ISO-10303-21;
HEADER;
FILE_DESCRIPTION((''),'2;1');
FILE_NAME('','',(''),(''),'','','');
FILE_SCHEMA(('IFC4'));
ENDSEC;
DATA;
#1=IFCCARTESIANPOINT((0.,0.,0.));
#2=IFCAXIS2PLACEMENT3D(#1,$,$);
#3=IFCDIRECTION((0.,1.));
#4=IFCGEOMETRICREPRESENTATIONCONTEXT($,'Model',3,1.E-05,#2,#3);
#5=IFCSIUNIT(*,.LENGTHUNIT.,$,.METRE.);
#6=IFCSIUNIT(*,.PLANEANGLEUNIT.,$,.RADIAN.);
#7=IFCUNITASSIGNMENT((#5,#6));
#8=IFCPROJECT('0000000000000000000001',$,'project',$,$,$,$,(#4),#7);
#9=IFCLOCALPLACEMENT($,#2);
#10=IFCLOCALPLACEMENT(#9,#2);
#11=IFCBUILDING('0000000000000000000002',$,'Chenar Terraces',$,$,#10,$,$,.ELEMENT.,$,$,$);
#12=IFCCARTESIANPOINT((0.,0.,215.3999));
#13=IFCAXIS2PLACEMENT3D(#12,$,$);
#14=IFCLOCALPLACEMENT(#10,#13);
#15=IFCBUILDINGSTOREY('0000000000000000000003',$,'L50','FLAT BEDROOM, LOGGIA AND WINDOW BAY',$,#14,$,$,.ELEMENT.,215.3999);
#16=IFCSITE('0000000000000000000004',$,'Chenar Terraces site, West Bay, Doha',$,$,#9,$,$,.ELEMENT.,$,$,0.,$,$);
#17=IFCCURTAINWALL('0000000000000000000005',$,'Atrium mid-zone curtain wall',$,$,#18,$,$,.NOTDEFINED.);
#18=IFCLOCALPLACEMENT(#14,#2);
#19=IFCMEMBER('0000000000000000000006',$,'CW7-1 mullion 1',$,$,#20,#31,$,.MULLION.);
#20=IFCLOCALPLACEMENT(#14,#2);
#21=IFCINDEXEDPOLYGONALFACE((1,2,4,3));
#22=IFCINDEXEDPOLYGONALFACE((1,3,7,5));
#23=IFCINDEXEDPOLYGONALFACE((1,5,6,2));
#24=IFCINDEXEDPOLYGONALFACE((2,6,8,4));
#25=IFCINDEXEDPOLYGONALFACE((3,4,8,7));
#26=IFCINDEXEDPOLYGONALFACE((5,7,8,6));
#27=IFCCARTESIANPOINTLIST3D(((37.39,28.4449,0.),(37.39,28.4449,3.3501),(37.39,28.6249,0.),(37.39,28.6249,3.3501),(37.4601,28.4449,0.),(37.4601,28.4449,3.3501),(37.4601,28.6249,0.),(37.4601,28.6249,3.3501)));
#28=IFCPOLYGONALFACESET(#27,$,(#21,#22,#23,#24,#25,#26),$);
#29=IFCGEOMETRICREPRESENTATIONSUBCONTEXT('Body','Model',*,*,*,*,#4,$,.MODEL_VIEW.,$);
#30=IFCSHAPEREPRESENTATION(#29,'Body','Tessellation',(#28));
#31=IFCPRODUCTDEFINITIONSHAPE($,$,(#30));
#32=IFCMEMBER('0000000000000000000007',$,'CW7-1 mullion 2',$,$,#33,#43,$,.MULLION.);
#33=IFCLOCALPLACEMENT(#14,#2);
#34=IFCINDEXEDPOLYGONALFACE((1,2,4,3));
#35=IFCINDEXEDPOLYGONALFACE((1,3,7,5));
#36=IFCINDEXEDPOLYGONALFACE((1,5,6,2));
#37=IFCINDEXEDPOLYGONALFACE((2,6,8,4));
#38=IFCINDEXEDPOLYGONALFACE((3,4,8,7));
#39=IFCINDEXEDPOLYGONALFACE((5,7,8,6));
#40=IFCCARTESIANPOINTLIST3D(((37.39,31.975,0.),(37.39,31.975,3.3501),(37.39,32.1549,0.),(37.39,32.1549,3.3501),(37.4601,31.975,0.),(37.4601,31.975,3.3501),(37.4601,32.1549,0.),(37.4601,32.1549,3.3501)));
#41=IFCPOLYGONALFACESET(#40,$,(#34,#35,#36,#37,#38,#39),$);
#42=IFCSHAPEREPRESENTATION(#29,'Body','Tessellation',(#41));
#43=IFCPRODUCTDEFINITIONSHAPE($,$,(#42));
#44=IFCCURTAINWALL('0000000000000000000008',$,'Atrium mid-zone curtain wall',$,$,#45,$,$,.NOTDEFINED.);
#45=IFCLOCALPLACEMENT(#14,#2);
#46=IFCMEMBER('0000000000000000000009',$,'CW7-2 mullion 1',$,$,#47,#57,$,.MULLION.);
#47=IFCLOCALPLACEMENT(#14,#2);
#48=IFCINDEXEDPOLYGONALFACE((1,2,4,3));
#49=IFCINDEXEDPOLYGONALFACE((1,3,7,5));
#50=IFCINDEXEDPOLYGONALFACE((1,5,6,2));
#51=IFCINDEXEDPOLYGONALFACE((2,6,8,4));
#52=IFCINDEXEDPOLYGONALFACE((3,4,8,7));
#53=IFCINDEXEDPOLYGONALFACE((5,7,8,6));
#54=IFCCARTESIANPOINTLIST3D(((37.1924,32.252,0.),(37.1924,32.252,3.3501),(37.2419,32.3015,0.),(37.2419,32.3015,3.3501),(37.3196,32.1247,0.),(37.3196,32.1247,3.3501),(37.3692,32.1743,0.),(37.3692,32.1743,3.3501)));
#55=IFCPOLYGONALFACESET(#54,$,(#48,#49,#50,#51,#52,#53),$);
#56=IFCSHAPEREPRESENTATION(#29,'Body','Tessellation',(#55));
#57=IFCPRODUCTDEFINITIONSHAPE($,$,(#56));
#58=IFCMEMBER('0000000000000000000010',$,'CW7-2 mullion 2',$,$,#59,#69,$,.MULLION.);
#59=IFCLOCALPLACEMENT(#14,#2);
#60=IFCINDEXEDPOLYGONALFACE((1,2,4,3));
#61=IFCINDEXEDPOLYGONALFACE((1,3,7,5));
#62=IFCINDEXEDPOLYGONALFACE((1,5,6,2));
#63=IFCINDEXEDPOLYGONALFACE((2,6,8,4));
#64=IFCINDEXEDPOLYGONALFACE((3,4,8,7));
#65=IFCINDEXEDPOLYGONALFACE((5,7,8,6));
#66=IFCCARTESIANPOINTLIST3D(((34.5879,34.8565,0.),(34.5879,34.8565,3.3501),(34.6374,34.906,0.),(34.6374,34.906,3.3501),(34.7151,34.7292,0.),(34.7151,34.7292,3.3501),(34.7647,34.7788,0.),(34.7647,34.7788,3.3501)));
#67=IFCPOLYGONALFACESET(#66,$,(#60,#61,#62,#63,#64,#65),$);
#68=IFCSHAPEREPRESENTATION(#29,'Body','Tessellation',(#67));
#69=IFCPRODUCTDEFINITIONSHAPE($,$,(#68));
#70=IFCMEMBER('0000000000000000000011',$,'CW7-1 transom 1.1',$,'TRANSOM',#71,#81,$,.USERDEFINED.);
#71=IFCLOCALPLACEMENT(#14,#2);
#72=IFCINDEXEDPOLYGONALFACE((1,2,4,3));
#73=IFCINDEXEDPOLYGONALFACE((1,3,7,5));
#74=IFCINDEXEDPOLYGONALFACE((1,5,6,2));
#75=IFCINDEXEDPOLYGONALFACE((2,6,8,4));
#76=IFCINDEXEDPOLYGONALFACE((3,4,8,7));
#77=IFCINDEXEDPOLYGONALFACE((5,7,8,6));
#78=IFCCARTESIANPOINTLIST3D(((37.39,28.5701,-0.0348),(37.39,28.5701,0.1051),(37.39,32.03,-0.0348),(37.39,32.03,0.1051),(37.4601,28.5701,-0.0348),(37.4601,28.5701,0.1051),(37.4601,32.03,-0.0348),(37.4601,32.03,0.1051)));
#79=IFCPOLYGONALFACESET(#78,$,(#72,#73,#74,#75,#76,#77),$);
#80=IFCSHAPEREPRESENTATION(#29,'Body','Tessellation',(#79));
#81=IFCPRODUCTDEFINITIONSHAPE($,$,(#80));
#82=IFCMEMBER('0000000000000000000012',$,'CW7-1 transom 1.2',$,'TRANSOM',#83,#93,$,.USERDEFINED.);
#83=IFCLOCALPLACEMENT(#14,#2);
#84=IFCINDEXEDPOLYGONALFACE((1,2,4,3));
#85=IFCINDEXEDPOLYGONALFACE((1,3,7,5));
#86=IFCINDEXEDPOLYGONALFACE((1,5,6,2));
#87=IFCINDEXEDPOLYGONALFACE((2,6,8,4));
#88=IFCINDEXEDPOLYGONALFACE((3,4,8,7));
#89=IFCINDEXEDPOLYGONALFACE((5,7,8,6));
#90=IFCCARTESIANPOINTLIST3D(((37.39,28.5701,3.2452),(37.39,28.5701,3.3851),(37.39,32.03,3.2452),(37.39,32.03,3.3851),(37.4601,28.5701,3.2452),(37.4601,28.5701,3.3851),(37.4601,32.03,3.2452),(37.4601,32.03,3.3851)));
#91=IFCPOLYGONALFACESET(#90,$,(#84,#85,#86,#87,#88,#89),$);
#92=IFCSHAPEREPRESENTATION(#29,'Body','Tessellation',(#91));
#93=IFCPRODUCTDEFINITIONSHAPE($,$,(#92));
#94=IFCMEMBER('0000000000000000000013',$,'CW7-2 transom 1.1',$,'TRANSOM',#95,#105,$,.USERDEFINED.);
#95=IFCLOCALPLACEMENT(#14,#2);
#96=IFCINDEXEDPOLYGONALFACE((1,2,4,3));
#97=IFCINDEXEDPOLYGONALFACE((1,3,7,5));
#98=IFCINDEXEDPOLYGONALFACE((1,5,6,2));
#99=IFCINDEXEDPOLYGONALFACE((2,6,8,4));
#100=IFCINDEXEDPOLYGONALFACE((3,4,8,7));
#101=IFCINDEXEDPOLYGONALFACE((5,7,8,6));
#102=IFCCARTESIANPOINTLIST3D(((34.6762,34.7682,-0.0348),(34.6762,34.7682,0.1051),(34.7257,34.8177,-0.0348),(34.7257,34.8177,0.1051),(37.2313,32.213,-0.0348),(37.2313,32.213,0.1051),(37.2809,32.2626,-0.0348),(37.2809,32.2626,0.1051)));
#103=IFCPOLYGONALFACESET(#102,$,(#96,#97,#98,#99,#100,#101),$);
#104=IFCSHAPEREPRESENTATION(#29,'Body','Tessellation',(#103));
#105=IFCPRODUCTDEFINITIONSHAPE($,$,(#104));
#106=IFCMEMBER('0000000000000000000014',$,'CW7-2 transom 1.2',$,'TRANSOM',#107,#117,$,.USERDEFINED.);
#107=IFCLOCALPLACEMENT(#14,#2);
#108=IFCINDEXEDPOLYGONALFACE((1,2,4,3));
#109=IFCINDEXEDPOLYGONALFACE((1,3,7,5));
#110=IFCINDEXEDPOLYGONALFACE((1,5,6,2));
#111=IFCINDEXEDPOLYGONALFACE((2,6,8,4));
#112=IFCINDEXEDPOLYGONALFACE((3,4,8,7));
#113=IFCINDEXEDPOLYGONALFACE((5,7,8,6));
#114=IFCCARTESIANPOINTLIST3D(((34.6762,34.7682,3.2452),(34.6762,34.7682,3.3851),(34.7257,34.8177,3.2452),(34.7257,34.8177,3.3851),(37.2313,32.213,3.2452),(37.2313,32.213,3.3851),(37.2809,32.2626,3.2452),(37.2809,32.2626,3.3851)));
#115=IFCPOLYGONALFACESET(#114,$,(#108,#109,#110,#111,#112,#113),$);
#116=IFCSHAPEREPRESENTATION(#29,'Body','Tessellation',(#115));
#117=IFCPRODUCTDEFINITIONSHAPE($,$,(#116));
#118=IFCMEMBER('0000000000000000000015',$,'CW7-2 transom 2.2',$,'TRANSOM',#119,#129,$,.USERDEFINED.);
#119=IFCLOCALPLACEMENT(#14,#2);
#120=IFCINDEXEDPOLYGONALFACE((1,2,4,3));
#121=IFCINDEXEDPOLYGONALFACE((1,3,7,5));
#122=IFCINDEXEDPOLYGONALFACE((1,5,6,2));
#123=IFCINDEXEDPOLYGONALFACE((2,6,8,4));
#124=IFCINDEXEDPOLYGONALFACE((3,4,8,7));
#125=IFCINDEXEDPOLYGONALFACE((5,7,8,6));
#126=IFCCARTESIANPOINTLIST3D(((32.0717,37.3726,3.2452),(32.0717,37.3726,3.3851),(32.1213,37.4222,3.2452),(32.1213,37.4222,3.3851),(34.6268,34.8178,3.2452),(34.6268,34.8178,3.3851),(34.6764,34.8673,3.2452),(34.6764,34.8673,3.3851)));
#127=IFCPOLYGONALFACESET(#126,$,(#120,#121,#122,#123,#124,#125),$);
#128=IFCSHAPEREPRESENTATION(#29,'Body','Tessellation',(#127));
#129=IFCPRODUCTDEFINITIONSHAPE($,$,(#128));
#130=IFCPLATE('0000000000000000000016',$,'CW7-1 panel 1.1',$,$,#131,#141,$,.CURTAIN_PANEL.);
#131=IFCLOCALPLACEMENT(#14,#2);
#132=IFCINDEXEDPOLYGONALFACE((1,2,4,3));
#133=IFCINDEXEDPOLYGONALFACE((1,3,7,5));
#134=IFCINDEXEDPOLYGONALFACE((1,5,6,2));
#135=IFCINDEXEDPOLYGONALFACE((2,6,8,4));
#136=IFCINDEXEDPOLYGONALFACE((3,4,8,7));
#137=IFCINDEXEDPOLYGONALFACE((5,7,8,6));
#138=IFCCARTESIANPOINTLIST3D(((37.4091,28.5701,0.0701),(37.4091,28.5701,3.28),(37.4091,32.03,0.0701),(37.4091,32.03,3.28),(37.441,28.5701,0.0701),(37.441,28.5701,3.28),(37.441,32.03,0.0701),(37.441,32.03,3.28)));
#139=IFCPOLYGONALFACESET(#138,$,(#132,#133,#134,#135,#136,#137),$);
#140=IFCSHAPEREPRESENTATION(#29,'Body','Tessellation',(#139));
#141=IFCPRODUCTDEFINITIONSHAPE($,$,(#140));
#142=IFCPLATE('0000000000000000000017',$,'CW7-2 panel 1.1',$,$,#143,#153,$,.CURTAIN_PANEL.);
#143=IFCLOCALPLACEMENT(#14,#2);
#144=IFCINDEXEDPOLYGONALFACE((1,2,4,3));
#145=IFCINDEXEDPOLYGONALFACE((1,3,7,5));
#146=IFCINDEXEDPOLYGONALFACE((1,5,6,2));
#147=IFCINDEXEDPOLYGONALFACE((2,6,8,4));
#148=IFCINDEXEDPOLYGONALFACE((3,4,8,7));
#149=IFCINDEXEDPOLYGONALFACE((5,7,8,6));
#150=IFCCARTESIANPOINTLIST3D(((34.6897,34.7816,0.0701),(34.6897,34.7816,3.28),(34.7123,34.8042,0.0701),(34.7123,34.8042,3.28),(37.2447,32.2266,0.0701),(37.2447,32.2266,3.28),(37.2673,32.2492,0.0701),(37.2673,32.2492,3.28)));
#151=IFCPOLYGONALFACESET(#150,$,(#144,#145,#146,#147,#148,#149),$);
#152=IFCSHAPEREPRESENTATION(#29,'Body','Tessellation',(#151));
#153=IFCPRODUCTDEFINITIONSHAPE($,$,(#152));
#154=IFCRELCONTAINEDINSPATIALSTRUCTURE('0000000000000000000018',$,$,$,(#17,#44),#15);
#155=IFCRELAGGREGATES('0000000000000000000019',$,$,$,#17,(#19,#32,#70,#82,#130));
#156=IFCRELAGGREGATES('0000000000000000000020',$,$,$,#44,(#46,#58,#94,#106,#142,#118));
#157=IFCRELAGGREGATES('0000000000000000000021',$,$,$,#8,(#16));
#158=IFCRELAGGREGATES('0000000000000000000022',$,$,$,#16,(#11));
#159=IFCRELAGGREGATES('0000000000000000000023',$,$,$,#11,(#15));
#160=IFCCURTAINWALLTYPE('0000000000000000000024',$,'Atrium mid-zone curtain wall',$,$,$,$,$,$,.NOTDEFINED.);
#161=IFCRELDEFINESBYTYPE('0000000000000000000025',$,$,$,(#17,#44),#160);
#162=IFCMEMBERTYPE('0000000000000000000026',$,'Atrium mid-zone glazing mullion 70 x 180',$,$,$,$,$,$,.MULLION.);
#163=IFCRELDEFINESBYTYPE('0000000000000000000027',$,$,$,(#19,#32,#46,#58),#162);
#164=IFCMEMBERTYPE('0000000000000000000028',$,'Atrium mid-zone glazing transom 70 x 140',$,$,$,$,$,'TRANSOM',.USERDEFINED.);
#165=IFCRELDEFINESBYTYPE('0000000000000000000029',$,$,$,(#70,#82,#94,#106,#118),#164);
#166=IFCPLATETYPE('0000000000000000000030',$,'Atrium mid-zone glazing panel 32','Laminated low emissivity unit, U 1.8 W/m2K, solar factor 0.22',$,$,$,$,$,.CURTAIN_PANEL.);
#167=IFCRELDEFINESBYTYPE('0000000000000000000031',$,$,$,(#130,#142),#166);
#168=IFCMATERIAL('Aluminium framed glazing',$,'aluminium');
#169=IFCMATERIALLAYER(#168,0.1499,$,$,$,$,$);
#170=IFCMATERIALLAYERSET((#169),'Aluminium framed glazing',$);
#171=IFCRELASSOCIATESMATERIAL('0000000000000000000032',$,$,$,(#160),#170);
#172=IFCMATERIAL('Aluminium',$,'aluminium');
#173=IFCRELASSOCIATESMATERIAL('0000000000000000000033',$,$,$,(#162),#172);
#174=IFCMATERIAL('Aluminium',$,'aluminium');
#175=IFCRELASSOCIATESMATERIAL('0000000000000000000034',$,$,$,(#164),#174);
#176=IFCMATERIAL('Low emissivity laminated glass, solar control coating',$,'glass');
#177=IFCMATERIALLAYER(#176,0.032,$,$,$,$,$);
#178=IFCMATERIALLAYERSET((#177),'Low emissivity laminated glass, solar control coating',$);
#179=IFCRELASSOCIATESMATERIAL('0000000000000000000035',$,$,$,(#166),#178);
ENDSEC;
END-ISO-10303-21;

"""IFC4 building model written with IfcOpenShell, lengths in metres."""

from ifc_helpers import new_model, si_unit, direction, frame, origin, origin_2d, place, context, subcontext, project, spatial, rectangle, extrude, material, layer, layer_set, material_profile, profile_set, type_object, element, aggregate, save


model = new_model("IFC4")

# Units and contexts
model_context = context("Model", 3, precision=1e-05, world=origin(), true_north=direction((0.0, 1.0)))
body_context = subcontext(model_context, "Body", "Model", "MODEL_VIEW")
ifc_project = project(units=[si_unit("LENGTHUNIT", "METRE"), si_unit("PLANEANGLEUNIT", "RADIAN")], contexts=[model_context])

# Site, building, storey
site_placement = place(None, origin())
site = spatial("IfcSite", under=ifc_project, at=site_placement, Name="Chenar Terraces site, West Bay, Doha", CompositionType="ELEMENT", RefElevation=0.0)
building_placement = place(site_placement, origin())
building = spatial("IfcBuilding", under=site, at=building_placement, Name="Chenar Terraces", CompositionType="ELEMENT")
storey_placement = place(building_placement, frame((0.0, 0.0, 215.3999)))
storey = spatial("IfcBuildingStorey", under=building, at=storey_placement, Name="L50", Description="FLAT BEDROOM, LOGGIA AND WINDOW BAY", CompositionType="ELEMENT", Elevation=215.3999)

# Curtain walls, members
ifc_material_1 = material(Name="Aluminium framed glazing", Category="aluminium")
ifc_layer_1 = layer(ifc_material_1, 0.1499)
ifc_layer_set_1 = layer_set([ifc_layer_1], Name="Aluminium framed glazing")
curtain_wall_type = type_object("IfcCurtainWallType", Name="Atrium mid-zone curtain wall", PredefinedType="NOTDEFINED", material=ifc_layer_set_1)
placement = place(storey_placement, origin())
curtain_wall_1 = element("IfcCurtainWall", 1, at=placement, inside=storey, type_object=curtain_wall_type, Name="Atrium mid-zone curtain wall", PredefinedType="NOTDEFINED")
ifc_material_2 = material(Name="Aluminium", Category="aluminium")
ifc_material_profile_1 = material_profile(ifc_material_2, rectangle(XDim=0.0701, YDim=0.1799, at=origin_2d()), Name="Atrium mid-zone glazing mullion 70 x 180")
ifc_profile_set_1 = profile_set([ifc_material_profile_1], Name="Aluminium")
member_type_1 = type_object("IfcMemberType", Name="Atrium mid-zone glazing mullion 70 x 180", PredefinedType="MULLION", material=ifc_profile_set_1)
member_1_placement = place(storey_placement, frame((37.425, 28.5349, 0.0), z_axis=(0.0, 0.0, 1.0), x_axis=(-1.0, 0.0, 0.0)))
member_1 = element("IfcMember", 2, at=member_1_placement, type_object=member_type_1, Name="CW7-1 mullion 1", PredefinedType="MULLION", context=body_context, shape_type="SweptSolid", body=[
    extrude(rectangle(XDim=0.0701, YDim=0.1799, at=origin_2d()), origin(), (0.0, 0.0, 1.0), 3.3501),
])
member_2_placement = place(storey_placement, frame((37.425, 32.0649, 0.0), z_axis=(0.0, 0.0, 1.0), x_axis=(-1.0, 0.0, 0.0)))
member_2 = element("IfcMember", 3, at=member_2_placement, type_object=member_type_1, Name="CW7-1 mullion 2", PredefinedType="MULLION", context=body_context, shape_type="SweptSolid", body=[
    extrude(rectangle(XDim=0.0701, YDim=0.1799, at=origin_2d()), origin(), (0.0, 0.0, 1.0), 3.3501),
])
curtain_wall_2 = element("IfcCurtainWall", 4, at=placement, inside=storey, type_object=curtain_wall_type, Name="Atrium mid-zone curtain wall", PredefinedType="NOTDEFINED")
member_3_placement = place(storey_placement, frame((37.2808, 32.2131, 0.0), z_axis=(0.0, 0.0, 1.0), x_axis=(-0.707107, -0.707107, 0.0)))
member_3 = element("IfcMember", 5, at=member_3_placement, type_object=member_type_1, Name="CW7-2 mullion 1", PredefinedType="MULLION", context=body_context, shape_type="SweptSolid", body=[
    extrude(rectangle(XDim=0.0701, YDim=0.1799, at=origin_2d()), origin(), (0.0, 0.0, 1.0), 3.3501),
])
member_4_placement = place(storey_placement, frame((34.6763, 34.8176, 0.0), z_axis=(0.0, 0.0, 1.0), x_axis=(-0.707107, -0.707107, 0.0)))
member_4 = element("IfcMember", 6, at=member_4_placement, type_object=member_type_1, Name="CW7-2 mullion 2", PredefinedType="MULLION", context=body_context, shape_type="SweptSolid", body=[
    extrude(rectangle(XDim=0.0701, YDim=0.1799, at=origin_2d()), origin(), (0.0, 0.0, 1.0), 3.3501),
])

# Members
ifc_material_3 = material(Name="Aluminium", Category="aluminium")
ifc_material_profile_2 = material_profile(ifc_material_3, rectangle(XDim=0.0701, YDim=0.1399, at=origin_2d()), Name="Atrium mid-zone glazing transom 70 x 140")
ifc_profile_set_2 = profile_set([ifc_material_profile_2], Name="Aluminium")
member_type_2 = type_object("IfcMemberType", Name="Atrium mid-zone glazing transom 70 x 140", ElementType="TRANSOM", PredefinedType="USERDEFINED", material=ifc_profile_set_2)
member_5_placement = place(storey_placement, frame((37.425, 28.5701, 0.0352), z_axis=(0.0, 1.0, 0.0), x_axis=(-1.0, 0.0, 0.0)))
member_5 = element("IfcMember", 7, at=member_5_placement, type_object=member_type_2, Name="CW7-1 transom 1.1", ObjectType="TRANSOM", PredefinedType="USERDEFINED", context=body_context, shape_type="SweptSolid", body=[
    extrude(rectangle(XDim=0.0701, YDim=0.1399, at=origin_2d()), origin(), (0.0, 0.0, 1.0), 3.46),
])
member_6_placement = place(storey_placement, frame((37.425, 28.5701, 3.3152), z_axis=(0.0, 1.0, 0.0), x_axis=(-1.0, 0.0, 0.0)))
member_6 = element("IfcMember", 8, at=member_6_placement, type_object=member_type_2, Name="CW7-1 transom 1.2", ObjectType="TRANSOM", PredefinedType="USERDEFINED", context=body_context, shape_type="SweptSolid", body=[
    extrude(rectangle(XDim=0.0701, YDim=0.1399, at=origin_2d()), origin(), (0.0, 0.0, 1.0), 3.46),
])
member_7_placement = place(storey_placement, frame((37.2561, 32.2378, 0.0352), z_axis=(-0.707107, 0.707107, 0.0), x_axis=(-0.707107, -0.707107, 0.0)))
member_7 = element("IfcMember", 9, at=member_7_placement, type_object=member_type_2, Name="CW7-2 transom 1.1", ObjectType="TRANSOM", PredefinedType="USERDEFINED", context=body_context, shape_type="SweptSolid", body=[
    extrude(rectangle(XDim=0.0701, YDim=0.1399, at=origin_2d()), origin(), (0.0, 0.0, 1.0), 3.6135),
])
member_8_placement = place(storey_placement, frame((37.2561, 32.2378, 3.3152), z_axis=(-0.707107, 0.707107, 0.0), x_axis=(-0.707107, -0.707107, 0.0)))
member_8 = element("IfcMember", 10, at=member_8_placement, type_object=member_type_2, Name="CW7-2 transom 1.2", ObjectType="TRANSOM", PredefinedType="USERDEFINED", context=body_context, shape_type="SweptSolid", body=[
    extrude(rectangle(XDim=0.0701, YDim=0.1399, at=origin_2d()), origin(), (0.0, 0.0, 1.0), 3.6135),
])
member_9_placement = place(storey_placement, frame((34.6516, 34.8425, 3.3152), z_axis=(-0.707141, 0.707073, 0.0), x_axis=(-0.707073, -0.707141, 0.0)))
member_9 = element("IfcMember", 11, at=member_9_placement, type_object=member_type_2, Name="CW7-2 transom 2.2", ObjectType="TRANSOM", PredefinedType="USERDEFINED", context=body_context, shape_type="SweptSolid", body=[
    extrude(rectangle(XDim=0.0701, YDim=0.1399, at=origin_2d()), origin(), (0.0, 0.0, 1.0), 3.6133),
])

# Plates
ifc_material_4 = material(Name="Low emissivity laminated glass, solar control coating", Category="glass")
ifc_layer_2 = layer(ifc_material_4, 0.032)
ifc_layer_set_2 = layer_set([ifc_layer_2], Name="Low emissivity laminated glass, solar control coating")
plate_type = type_object("IfcPlateType", Name="Atrium mid-zone glazing panel 32", Description="Laminated low emissivity unit, U 1.8 W/m2K, solar factor 0.22", PredefinedType="CURTAIN_PANEL", material=ifc_layer_set_2)
plate_1_placement = place(storey_placement, frame((37.425, 30.3, 0.0701), z_axis=(0.0, 0.0, 1.0), x_axis=(0.0, 1.0, 0.0)))
plate_1 = element("IfcPlate", 12, at=plate_1_placement, type_object=plate_type, Name="CW7-1 panel 1.1", PredefinedType="CURTAIN_PANEL", context=body_context, shape_type="SweptSolid", body=[
    extrude(rectangle(XDim=3.46, YDim=0.032, at=origin_2d()), origin(), (0.0, 0.0, 1.0), 3.21),
])
aggregate(curtain_wall_1, [member_1, member_2, member_5, member_6, plate_1])
plate_2_placement = place(storey_placement, frame((35.9785, 33.5154, 0.0701), z_axis=(0.0, 0.0, 1.0), x_axis=(-0.707107, 0.707107, 0.0)))
plate_2 = element("IfcPlate", 13, at=plate_2_placement, type_object=plate_type, Name="CW7-2 panel 1.1", PredefinedType="CURTAIN_PANEL", context=body_context, shape_type="SweptSolid", body=[
    extrude(rectangle(XDim=3.6133, YDim=0.032, at=origin_2d()), origin(), (0.0, 0.0, 1.0), 3.21),
])
aggregate(curtain_wall_2, [member_3, member_4, member_7, member_8, plate_2, member_9])

save(model, "model.ifc")
